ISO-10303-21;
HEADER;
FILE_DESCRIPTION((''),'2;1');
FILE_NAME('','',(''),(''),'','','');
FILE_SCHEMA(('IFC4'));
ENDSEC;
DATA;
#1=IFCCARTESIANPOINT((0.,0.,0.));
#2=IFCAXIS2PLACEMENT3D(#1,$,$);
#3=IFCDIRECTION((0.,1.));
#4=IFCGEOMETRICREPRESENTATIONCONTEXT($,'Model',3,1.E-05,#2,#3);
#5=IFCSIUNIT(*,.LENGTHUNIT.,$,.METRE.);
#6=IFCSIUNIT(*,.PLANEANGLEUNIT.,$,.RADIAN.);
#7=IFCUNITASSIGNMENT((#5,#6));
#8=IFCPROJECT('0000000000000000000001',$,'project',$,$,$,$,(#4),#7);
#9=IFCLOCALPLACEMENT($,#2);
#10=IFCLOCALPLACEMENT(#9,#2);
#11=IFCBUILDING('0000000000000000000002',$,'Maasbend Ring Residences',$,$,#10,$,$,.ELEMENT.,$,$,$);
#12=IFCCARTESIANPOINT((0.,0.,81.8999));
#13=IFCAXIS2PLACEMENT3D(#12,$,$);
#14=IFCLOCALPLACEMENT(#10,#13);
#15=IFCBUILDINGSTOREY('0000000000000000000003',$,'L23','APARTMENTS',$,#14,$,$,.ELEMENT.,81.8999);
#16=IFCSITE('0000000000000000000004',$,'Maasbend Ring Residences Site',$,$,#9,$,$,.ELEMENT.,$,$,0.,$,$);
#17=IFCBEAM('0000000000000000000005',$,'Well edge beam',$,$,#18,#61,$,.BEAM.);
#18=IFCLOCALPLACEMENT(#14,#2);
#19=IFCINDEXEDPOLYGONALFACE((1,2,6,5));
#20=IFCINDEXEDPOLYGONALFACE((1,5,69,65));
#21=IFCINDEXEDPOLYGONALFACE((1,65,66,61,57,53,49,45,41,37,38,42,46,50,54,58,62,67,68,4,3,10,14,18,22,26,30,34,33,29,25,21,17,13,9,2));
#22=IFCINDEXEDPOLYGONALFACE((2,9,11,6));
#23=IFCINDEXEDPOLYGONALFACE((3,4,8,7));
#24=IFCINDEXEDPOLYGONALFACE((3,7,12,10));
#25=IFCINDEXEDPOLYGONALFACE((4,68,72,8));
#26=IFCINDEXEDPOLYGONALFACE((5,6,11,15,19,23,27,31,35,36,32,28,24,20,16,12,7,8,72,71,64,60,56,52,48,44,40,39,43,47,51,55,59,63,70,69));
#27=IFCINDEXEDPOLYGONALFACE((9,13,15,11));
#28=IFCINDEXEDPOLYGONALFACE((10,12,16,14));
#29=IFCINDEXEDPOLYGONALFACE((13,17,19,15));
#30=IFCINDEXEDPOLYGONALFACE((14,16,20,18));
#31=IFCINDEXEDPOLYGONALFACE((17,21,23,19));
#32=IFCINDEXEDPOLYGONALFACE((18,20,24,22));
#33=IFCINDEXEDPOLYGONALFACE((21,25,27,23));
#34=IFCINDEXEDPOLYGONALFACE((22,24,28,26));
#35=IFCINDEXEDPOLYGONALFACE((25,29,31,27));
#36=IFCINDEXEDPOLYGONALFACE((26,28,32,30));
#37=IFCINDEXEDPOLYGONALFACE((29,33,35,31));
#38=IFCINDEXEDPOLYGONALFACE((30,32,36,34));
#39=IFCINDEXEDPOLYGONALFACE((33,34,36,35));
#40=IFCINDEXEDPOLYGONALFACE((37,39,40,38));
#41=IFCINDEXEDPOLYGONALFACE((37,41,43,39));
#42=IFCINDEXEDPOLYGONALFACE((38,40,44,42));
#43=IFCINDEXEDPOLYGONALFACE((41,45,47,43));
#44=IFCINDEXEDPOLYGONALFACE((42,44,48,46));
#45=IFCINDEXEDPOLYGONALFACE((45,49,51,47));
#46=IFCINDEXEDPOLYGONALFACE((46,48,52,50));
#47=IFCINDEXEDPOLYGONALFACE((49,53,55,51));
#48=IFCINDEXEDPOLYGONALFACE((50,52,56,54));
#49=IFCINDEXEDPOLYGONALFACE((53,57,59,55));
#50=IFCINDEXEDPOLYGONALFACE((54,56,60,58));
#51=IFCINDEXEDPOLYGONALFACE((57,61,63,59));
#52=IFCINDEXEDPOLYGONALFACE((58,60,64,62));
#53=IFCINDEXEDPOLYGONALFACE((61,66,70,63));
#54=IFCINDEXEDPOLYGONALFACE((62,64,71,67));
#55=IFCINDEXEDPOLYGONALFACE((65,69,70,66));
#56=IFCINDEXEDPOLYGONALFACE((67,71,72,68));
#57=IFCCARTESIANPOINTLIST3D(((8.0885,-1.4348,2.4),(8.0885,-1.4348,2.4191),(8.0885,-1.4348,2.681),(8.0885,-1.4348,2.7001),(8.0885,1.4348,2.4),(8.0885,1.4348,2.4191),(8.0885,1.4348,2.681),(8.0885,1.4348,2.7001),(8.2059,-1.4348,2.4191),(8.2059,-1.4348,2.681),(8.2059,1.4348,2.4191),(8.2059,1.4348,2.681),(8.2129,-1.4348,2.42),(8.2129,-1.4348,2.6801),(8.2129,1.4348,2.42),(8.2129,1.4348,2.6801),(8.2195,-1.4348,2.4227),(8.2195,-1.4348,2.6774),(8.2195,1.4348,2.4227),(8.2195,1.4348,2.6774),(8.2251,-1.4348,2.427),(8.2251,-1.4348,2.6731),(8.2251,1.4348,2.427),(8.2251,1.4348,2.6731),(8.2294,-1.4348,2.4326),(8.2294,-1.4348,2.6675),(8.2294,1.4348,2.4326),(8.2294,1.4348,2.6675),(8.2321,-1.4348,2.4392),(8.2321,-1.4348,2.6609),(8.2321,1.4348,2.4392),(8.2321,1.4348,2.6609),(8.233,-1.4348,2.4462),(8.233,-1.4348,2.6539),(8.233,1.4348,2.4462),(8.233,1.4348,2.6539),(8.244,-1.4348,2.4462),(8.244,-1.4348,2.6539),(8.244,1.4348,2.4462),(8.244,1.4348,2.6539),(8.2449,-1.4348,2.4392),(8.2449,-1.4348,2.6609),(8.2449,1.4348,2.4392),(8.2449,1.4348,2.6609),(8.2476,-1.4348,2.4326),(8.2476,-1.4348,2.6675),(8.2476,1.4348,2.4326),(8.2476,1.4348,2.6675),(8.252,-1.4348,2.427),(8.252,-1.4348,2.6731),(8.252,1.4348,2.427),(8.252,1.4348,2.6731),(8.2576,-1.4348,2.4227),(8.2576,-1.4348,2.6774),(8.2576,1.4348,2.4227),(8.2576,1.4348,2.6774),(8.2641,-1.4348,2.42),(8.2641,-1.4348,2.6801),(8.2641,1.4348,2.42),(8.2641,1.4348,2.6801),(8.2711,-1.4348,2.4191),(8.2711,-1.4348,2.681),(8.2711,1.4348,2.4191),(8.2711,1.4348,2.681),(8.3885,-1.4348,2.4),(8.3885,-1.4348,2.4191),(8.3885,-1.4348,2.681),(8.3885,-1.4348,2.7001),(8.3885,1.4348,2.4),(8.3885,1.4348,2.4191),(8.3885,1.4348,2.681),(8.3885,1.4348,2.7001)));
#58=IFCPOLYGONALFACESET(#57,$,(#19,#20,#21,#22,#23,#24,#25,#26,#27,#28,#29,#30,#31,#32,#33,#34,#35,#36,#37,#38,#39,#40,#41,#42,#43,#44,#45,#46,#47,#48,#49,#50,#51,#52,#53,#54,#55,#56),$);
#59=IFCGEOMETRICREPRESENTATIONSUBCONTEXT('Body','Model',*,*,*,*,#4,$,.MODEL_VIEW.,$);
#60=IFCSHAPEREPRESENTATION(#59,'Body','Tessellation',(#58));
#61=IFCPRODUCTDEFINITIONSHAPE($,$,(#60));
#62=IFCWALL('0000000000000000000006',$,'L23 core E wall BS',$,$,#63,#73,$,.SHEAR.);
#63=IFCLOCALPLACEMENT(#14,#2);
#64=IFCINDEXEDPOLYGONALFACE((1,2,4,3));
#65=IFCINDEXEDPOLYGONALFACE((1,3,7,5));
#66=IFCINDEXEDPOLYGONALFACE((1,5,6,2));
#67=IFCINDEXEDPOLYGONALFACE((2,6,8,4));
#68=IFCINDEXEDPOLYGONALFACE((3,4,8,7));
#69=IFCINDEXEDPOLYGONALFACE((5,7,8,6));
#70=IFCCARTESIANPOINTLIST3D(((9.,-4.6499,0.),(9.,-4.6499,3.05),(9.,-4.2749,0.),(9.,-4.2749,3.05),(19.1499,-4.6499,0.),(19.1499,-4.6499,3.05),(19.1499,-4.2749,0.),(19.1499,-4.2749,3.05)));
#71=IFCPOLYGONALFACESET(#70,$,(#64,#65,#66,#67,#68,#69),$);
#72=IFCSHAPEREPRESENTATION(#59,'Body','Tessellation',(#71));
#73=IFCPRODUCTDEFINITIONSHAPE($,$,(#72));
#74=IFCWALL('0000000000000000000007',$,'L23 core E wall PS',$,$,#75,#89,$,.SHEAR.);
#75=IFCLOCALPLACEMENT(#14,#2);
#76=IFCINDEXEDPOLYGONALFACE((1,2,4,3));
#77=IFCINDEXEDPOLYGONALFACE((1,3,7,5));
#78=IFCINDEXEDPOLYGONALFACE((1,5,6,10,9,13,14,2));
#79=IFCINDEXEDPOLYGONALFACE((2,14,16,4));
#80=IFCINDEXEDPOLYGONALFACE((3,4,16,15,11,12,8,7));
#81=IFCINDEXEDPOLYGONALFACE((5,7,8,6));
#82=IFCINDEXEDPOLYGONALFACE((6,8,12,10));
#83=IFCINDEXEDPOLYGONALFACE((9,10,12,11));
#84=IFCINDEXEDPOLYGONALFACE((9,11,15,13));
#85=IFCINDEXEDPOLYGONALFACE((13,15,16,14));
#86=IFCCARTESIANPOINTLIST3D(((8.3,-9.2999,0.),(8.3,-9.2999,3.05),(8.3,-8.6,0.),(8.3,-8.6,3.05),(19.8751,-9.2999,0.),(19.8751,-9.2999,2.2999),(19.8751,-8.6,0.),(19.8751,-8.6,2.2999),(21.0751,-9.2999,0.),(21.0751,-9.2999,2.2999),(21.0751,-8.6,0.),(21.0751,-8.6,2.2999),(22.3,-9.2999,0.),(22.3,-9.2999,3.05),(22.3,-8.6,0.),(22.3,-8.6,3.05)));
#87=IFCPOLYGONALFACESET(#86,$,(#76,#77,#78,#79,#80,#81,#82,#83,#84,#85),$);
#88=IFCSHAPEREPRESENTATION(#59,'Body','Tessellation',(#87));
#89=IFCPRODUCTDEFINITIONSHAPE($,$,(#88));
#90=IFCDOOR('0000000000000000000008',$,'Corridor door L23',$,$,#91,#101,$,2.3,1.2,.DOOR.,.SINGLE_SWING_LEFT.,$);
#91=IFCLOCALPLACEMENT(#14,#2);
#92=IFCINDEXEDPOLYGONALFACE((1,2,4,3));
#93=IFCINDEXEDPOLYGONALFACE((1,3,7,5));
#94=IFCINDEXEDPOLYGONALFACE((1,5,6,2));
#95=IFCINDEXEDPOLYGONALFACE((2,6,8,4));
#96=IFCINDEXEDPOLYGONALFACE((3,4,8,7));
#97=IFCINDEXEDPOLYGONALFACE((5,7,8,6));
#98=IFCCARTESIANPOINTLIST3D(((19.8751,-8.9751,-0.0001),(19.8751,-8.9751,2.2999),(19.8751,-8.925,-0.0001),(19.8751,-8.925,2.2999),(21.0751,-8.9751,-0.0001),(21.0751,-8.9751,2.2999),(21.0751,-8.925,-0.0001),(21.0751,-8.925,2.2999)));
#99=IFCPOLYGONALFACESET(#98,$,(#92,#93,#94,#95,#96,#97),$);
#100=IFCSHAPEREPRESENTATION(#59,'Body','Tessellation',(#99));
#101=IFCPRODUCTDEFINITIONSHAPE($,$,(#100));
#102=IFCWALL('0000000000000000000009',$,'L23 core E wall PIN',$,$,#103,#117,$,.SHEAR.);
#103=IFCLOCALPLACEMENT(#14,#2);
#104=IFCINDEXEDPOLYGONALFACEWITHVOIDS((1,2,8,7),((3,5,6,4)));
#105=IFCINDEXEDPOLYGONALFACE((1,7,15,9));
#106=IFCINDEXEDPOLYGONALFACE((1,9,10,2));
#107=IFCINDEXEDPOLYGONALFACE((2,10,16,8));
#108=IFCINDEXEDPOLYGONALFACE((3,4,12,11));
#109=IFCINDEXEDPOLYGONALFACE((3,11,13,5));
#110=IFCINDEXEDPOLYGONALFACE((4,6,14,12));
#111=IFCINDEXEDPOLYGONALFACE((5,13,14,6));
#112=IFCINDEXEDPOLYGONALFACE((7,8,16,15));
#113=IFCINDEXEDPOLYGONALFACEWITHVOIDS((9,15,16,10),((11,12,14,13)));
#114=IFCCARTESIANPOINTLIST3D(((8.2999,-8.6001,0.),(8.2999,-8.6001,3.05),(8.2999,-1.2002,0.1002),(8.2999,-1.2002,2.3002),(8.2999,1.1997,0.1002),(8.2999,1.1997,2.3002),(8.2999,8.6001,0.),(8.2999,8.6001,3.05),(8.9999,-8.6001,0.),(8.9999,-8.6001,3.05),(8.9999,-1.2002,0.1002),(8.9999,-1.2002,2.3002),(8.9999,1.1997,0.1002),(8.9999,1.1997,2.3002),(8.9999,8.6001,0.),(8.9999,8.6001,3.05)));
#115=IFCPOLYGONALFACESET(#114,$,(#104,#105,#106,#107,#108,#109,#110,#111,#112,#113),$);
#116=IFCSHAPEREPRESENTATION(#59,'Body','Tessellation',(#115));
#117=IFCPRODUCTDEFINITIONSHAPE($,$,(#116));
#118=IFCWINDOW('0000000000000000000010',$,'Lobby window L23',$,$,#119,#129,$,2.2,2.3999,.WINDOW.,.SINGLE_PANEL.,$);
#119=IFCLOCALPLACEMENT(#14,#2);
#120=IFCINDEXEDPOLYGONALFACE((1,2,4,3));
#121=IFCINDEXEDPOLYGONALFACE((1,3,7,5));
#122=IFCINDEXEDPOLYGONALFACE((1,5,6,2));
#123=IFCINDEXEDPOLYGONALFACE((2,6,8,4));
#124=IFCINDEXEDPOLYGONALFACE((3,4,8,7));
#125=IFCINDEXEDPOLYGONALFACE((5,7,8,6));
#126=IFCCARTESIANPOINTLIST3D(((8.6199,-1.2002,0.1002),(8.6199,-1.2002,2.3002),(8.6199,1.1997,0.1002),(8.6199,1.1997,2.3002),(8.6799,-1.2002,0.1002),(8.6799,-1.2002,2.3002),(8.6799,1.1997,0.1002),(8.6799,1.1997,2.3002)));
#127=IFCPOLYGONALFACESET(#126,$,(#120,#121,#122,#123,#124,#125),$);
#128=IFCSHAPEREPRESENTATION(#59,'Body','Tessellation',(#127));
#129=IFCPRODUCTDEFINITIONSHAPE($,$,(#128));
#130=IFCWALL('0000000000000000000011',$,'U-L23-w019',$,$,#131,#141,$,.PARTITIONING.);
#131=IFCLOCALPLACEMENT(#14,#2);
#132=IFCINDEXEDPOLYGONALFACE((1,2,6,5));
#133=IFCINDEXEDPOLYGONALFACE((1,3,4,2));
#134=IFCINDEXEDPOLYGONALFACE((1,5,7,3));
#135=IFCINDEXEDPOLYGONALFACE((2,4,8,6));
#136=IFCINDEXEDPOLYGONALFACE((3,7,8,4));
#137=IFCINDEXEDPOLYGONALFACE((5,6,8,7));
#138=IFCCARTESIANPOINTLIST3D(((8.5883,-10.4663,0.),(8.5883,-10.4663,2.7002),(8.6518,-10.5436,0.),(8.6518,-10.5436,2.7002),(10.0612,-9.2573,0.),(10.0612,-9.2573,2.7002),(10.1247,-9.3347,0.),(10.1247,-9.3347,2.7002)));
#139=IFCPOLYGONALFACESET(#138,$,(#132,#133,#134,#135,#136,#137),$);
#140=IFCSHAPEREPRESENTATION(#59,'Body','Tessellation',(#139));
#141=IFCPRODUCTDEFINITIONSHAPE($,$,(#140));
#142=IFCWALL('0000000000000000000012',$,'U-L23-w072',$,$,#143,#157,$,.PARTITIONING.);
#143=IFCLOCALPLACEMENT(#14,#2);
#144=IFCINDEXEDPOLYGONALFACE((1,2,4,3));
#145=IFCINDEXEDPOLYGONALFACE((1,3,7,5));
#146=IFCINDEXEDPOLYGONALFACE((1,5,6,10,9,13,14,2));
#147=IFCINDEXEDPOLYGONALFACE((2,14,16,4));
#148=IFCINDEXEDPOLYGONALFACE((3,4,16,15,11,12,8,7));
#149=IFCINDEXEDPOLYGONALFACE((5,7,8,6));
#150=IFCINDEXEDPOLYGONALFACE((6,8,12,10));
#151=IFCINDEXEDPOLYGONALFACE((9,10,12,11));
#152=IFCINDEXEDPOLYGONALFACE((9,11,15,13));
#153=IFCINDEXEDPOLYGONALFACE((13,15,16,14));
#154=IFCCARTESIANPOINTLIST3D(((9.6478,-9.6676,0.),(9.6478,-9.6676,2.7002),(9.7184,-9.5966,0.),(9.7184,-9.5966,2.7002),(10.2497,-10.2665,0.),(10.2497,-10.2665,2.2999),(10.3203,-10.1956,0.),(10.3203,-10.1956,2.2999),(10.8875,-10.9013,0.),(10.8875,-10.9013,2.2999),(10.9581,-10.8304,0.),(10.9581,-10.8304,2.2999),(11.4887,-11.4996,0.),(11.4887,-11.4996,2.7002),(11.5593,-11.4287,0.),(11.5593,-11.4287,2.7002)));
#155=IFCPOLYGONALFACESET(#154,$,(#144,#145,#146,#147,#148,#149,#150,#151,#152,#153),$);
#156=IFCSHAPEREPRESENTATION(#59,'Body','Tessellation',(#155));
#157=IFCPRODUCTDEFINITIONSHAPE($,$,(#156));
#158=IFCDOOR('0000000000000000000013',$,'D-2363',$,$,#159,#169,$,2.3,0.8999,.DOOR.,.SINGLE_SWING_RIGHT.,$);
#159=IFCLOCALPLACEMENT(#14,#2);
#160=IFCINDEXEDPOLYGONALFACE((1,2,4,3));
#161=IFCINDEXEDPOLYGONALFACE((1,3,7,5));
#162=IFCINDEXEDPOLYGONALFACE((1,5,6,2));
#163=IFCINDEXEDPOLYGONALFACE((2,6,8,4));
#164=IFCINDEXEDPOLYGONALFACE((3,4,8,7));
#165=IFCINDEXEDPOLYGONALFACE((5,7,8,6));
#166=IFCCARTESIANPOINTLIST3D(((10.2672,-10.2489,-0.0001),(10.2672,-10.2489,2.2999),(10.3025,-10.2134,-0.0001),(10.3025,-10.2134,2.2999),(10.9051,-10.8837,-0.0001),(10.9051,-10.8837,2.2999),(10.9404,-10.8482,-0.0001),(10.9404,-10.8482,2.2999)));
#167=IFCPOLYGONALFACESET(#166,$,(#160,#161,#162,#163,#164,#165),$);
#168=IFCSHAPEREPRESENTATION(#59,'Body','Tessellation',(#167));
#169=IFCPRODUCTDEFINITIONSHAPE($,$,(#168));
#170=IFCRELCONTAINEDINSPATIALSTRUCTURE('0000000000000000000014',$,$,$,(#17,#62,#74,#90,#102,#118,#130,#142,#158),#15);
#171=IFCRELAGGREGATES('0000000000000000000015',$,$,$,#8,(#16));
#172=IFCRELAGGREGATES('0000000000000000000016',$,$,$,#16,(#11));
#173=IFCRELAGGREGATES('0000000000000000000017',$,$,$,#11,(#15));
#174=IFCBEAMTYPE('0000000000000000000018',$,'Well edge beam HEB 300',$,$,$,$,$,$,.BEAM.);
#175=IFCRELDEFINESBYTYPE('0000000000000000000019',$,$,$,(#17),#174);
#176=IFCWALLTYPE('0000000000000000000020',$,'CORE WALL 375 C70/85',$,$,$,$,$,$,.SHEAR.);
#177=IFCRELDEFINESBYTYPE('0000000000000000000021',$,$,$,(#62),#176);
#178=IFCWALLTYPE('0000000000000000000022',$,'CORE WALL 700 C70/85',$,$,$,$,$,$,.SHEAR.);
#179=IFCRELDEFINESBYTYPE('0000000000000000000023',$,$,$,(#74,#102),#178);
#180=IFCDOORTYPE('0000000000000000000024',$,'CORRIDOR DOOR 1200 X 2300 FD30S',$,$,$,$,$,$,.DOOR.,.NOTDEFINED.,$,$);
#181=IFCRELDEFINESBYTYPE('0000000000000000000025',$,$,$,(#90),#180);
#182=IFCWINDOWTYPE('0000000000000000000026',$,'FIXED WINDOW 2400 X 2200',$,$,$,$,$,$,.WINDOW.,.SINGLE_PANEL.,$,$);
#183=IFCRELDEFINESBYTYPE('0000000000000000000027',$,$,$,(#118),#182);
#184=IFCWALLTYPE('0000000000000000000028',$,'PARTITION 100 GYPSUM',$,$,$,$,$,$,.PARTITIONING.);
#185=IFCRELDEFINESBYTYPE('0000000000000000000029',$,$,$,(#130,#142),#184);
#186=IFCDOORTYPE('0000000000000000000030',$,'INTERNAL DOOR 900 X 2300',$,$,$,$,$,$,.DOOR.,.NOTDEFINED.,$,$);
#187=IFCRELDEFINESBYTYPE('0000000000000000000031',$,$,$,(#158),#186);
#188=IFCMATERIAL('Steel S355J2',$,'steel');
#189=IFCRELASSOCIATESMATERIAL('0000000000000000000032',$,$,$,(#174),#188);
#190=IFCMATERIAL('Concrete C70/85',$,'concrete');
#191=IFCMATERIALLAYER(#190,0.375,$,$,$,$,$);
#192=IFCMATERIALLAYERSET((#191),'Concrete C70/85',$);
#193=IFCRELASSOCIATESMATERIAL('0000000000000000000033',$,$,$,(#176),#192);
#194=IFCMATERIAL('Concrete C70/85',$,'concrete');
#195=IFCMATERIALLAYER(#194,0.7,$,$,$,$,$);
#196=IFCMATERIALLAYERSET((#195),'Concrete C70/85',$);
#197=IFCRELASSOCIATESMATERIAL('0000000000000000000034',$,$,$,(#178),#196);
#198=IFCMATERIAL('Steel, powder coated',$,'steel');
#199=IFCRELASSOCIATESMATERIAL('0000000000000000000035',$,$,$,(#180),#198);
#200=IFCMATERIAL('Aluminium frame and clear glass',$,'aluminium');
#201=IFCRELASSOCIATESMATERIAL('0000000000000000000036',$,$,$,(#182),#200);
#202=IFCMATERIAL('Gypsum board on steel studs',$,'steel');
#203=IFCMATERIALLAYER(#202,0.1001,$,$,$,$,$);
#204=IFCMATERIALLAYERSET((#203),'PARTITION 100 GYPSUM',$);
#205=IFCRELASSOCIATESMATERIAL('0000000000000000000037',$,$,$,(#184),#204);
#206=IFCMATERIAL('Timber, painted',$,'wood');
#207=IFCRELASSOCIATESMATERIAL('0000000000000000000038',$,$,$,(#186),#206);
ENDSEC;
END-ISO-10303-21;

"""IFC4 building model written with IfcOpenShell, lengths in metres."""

from ifc_helpers import new_model, si_unit, direction, frame, frame_2d, origin, origin_2d, place, context, subcontext, project, spatial, rectangle, i_section, extrude, material, layer, layer_set, material_profile, profile_set, type_object, element, fill, save


model = new_model("IFC4")

# Units and contexts
model_context = context("Model", 3, precision=1e-05, world=origin(), true_north=direction((0.0, 1.0)))
body_context = subcontext(model_context, "Body", "Model", "MODEL_VIEW")
ifc_project = project(units=[si_unit("LENGTHUNIT", "METRE"), si_unit("PLANEANGLEUNIT", "RADIAN")], contexts=[model_context])

# Site, building, storey
site_placement = place(None, origin())
site = spatial("IfcSite", under=ifc_project, at=site_placement, Name="Maasbend Ring Residences Site", CompositionType="ELEMENT", RefElevation=0.0)
building_placement = place(site_placement, origin())
building = spatial("IfcBuilding", under=site, at=building_placement, Name="Maasbend Ring Residences", CompositionType="ELEMENT")
storey_placement = place(building_placement, frame((0.0, 0.0, 81.8999)))
storey = spatial("IfcBuildingStorey", under=building, at=storey_placement, Name="L23", Description="APARTMENTS", CompositionType="ELEMENT", Elevation=81.8999)

# Beam
ifc_material_1 = material(Name="Steel S355J2", Category="steel")
ifc_material_profile_1 = material_profile(ifc_material_1, i_section(OverallWidth=0.3, OverallDepth=0.3, WebThickness=0.011, FlangeThickness=0.019, FilletRadius=0.0271, at=origin_2d()), Name="HEB 300")
ifc_profile_set_1 = profile_set([ifc_material_profile_1], Name="Steel S355J2")
beam_type = type_object("IfcBeamType", Name="Well edge beam HEB 300", PredefinedType="BEAM", material=ifc_profile_set_1)
beam_1_placement = place(storey_placement, frame((8.2385, -1.4348, 2.55), z_axis=(0.0, 1.0, 0.0), x_axis=(-1.0, 0.0, 0.0)))
element("IfcBeam", 1, at=beam_1_placement, inside=storey, type_object=beam_type, Name="Well edge beam", PredefinedType="BEAM", context=body_context, shape_type="SweptSolid", body=[
    extrude(i_section(OverallWidth=0.3, OverallDepth=0.3, WebThickness=0.011, FlangeThickness=0.019, FilletRadius=0.0271, at=origin_2d()), origin(), (0.0, 0.0, 1.0), 2.8696),
])

# Wall
ifc_material_2 = material(Name="Concrete C70/85", Category="concrete")
ifc_layer_1 = layer(ifc_material_2, 0.375)
ifc_layer_set_1 = layer_set([ifc_layer_1], Name="Concrete C70/85")
wall_type_1 = type_object("IfcWallType", Name="CORE WALL 375 C70/85", PredefinedType="SHEAR", material=ifc_layer_set_1)
wall_1_placement = place(storey_placement, frame((9.0, -4.4624, 0.0), z_axis=(0.0, 0.0, 1.0), x_axis=(1.0, 0.0, 0.0)))
element("IfcWall", 2, at=wall_1_placement, inside=storey, type_object=wall_type_1, Name="L23 core E wall BS", PredefinedType="SHEAR", context=body_context, shape_type="SweptSolid", body=[
    extrude(rectangle(XDim=10.1499, YDim=0.375, at=frame_2d((5.075, 0.0))), origin(), (0.0, 0.0, 1.0), 3.05),
])

# Wall, opening, door
ifc_material_3 = material(Name="Concrete C70/85", Category="concrete")
ifc_layer_2 = layer(ifc_material_3, 0.7)
ifc_layer_set_2 = layer_set([ifc_layer_2], Name="Concrete C70/85")
wall_type_2 = type_object("IfcWallType", Name="CORE WALL 700 C70/85", PredefinedType="SHEAR", material=ifc_layer_set_2)
wall_2_placement = place(storey_placement, frame((8.3, -8.95, 0.0), z_axis=(0.0, 0.0, 1.0), x_axis=(1.0, 0.0, 0.0)))
wall_2 = element("IfcWall", 3, at=wall_2_placement, inside=storey, type_object=wall_type_2, Name="L23 core E wall PS", PredefinedType="SHEAR", context=body_context, shape_type="SweptSolid", body=[
    extrude(rectangle(XDim=14.0, YDim=0.7, at=frame_2d((7.0, 0.0))), origin(), (0.0, 0.0, 1.0), 3.05),
])
opening_1_placement = place(wall_2_placement, frame((11.575, 0.0, 0.0)))
opening_1 = element("IfcOpeningElement", 4, at=opening_1_placement, cuts=wall_2, PredefinedType="OPENING", context=body_context, shape_type="SweptSolid", body=[
    extrude(rectangle(XDim=1.2, YDim=2.3, at=frame_2d((0.6001, 1.1499))), frame((0.0, 0.3599, 0.0), z_axis=(0.0, -1.0, 0.0), x_axis=(1.0, 0.0, 0.0)), (0.0, 0.0, 1.0), 0.72),
])
ifc_material_4 = material(Name="Steel, powder coated", Category="steel")
door_type_1 = type_object("IfcDoorType", Name="CORRIDOR DOOR 1200 X 2300 FD30S", OperationType="NOTDEFINED", PredefinedType="DOOR", material=ifc_material_4)
door_1_placement = place(opening_1_placement, origin())
door_1 = element("IfcDoor", 5, at=door_1_placement, inside=storey, type_object=door_type_1, Name="Corridor door L23", OperationType="SINGLE_SWING_LEFT", OverallHeight=2.3, OverallWidth=1.2, PredefinedType="DOOR", context=body_context, shape_type="SweptSolid", body=[
    extrude(rectangle(XDim=1.2, YDim=2.3, at=frame_2d((0.6001, 1.1499))), frame((0.0, 0.0249, 0.0), z_axis=(0.0, -1.0, 0.0), x_axis=(1.0, 0.0, 0.0)), (0.0, 0.0, 1.0), 0.05),
])
fill(opening_1, door_1)

# Wall, opening, window
wall_3_placement = place(storey_placement, frame((8.6499, -8.6001, 0.0), z_axis=(0.0, 0.0, 1.0), x_axis=(0.0, 1.0, 0.0)))
wall_3 = element("IfcWall", 6, at=wall_3_placement, inside=storey, type_object=wall_type_2, Name="L23 core E wall PIN", PredefinedType="SHEAR", context=body_context, shape_type="SweptSolid", body=[
    extrude(rectangle(XDim=17.2002, YDim=0.7, at=frame_2d((8.6001, 0.0))), origin(), (0.0, 0.0, 1.0), 3.05),
])
opening_2_placement = place(wall_3_placement, frame((7.3999, 0.0, 0.1001)))
opening_2 = element("IfcOpeningElement", 7, at=opening_2_placement, cuts=wall_3, PredefinedType="OPENING", context=body_context, shape_type="SweptSolid", body=[
    extrude(rectangle(XDim=2.3999, YDim=2.2, at=frame_2d((1.2, 1.1001))), frame((0.0, 0.3599, 0.0), z_axis=(0.0, -1.0, 0.0), x_axis=(1.0, 0.0, 0.0)), (0.0, 0.0, 1.0), 0.72),
])
ifc_material_5 = material(Name="Aluminium frame and clear glass", Category="aluminium")
window_type = type_object("IfcWindowType", Name="FIXED WINDOW 2400 X 2200", PartitioningType="SINGLE_PANEL", PredefinedType="WINDOW", material=ifc_material_5)
window_placement = place(opening_2_placement, origin())
window = element("IfcWindow", 8, at=window_placement, inside=storey, type_object=window_type, Name="Lobby window L23", OverallHeight=2.2, OverallWidth=2.3999, PartitioningType="SINGLE_PANEL", PredefinedType="WINDOW", context=body_context, shape_type="SweptSolid", body=[
    extrude(rectangle(XDim=2.3999, YDim=2.2, at=frame_2d((1.2, 1.1001))), frame((0.0, 0.03, 0.0), z_axis=(0.0, -1.0, 0.0), x_axis=(1.0, 0.0, 0.0)), (0.0, 0.0, 1.0), 0.0601),
])
fill(opening_2, window)

# Wall
ifc_material_6 = material(Name="Gypsum board on steel studs", Category="steel")
ifc_layer_3 = layer(ifc_material_6, 0.1001)
ifc_layer_set_3 = layer_set([ifc_layer_3], Name="PARTITION 100 GYPSUM")
wall_type_3 = type_object("IfcWallType", Name="PARTITION 100 GYPSUM", PredefinedType="PARTITIONING", material=ifc_layer_set_3)
wall_4_placement = place(storey_placement, frame((8.6201, -10.5049, 0.0), z_axis=(0.0, 0.0, 1.0), x_axis=(0.772957, 0.634458, 0.0)))
element("IfcWall", 9, at=wall_4_placement, inside=storey, type_object=wall_type_3, Name="U-L23-w019", PredefinedType="PARTITIONING", context=body_context, shape_type="SweptSolid", body=[
    extrude(rectangle(XDim=1.9055, YDim=0.1001, at=frame_2d((0.9526, 0.0))), origin(), (0.0, 0.0, 1.0), 2.7002),
])

# Wall, opening, door
wall_5_placement = place(storey_placement, frame((9.6831, -9.6321, 0.0), z_axis=(0.0, 0.0, 1.0), x_axis=(0.708797, -0.705413, 0.0)))
wall_5 = element("IfcWall", 10, at=wall_5_placement, inside=storey, type_object=wall_type_3, Name="U-L23-w072", PredefinedType="PARTITIONING", context=body_context, shape_type="SweptSolid", body=[
    extrude(rectangle(XDim=2.5972, YDim=0.1001, at=frame_2d((1.2986, 0.0))), origin(), (0.0, 0.0, 1.0), 2.7002),
])
opening_3_placement = place(wall_5_placement, frame((0.8491, 0.0, 0.0)))
opening_3 = element("IfcOpeningElement", 11, at=opening_3_placement, cuts=wall_5, PredefinedType="OPENING", context=body_context, shape_type="SweptSolid", body=[
    extrude(rectangle(XDim=0.8999, YDim=2.3, at=frame_2d((0.45, 1.1499))), frame((0.0, 0.0601, 0.0), z_axis=(0.0, -1.0, 0.0), x_axis=(1.0, 0.0, 0.0)), (0.0, 0.0, 1.0), 0.1201),
])
ifc_material_7 = material(Name="Timber, painted", Category="wood")
door_type_2 = type_object("IfcDoorType", Name="INTERNAL DOOR 900 X 2300", OperationType="NOTDEFINED", PredefinedType="DOOR", material=ifc_material_7)
door_2_placement = place(opening_3_placement, origin())
door_2 = element("IfcDoor", 12, at=door_2_placement, inside=storey, type_object=door_type_2, Name="D-2363", OperationType="SINGLE_SWING_RIGHT", OverallHeight=2.3, OverallWidth=0.8999, PredefinedType="DOOR", context=body_context, shape_type="SweptSolid", body=[
    extrude(rectangle(XDim=0.8999, YDim=2.3, at=frame_2d((0.45, 1.1499))), frame((0.0, 0.0249, 0.0), z_axis=(0.0, -1.0, 0.0), x_axis=(1.0, 0.0, 0.0)), (0.0, 0.0, 1.0), 0.05),
])
fill(opening_3, door_2)

save(model, "model.ifc")
